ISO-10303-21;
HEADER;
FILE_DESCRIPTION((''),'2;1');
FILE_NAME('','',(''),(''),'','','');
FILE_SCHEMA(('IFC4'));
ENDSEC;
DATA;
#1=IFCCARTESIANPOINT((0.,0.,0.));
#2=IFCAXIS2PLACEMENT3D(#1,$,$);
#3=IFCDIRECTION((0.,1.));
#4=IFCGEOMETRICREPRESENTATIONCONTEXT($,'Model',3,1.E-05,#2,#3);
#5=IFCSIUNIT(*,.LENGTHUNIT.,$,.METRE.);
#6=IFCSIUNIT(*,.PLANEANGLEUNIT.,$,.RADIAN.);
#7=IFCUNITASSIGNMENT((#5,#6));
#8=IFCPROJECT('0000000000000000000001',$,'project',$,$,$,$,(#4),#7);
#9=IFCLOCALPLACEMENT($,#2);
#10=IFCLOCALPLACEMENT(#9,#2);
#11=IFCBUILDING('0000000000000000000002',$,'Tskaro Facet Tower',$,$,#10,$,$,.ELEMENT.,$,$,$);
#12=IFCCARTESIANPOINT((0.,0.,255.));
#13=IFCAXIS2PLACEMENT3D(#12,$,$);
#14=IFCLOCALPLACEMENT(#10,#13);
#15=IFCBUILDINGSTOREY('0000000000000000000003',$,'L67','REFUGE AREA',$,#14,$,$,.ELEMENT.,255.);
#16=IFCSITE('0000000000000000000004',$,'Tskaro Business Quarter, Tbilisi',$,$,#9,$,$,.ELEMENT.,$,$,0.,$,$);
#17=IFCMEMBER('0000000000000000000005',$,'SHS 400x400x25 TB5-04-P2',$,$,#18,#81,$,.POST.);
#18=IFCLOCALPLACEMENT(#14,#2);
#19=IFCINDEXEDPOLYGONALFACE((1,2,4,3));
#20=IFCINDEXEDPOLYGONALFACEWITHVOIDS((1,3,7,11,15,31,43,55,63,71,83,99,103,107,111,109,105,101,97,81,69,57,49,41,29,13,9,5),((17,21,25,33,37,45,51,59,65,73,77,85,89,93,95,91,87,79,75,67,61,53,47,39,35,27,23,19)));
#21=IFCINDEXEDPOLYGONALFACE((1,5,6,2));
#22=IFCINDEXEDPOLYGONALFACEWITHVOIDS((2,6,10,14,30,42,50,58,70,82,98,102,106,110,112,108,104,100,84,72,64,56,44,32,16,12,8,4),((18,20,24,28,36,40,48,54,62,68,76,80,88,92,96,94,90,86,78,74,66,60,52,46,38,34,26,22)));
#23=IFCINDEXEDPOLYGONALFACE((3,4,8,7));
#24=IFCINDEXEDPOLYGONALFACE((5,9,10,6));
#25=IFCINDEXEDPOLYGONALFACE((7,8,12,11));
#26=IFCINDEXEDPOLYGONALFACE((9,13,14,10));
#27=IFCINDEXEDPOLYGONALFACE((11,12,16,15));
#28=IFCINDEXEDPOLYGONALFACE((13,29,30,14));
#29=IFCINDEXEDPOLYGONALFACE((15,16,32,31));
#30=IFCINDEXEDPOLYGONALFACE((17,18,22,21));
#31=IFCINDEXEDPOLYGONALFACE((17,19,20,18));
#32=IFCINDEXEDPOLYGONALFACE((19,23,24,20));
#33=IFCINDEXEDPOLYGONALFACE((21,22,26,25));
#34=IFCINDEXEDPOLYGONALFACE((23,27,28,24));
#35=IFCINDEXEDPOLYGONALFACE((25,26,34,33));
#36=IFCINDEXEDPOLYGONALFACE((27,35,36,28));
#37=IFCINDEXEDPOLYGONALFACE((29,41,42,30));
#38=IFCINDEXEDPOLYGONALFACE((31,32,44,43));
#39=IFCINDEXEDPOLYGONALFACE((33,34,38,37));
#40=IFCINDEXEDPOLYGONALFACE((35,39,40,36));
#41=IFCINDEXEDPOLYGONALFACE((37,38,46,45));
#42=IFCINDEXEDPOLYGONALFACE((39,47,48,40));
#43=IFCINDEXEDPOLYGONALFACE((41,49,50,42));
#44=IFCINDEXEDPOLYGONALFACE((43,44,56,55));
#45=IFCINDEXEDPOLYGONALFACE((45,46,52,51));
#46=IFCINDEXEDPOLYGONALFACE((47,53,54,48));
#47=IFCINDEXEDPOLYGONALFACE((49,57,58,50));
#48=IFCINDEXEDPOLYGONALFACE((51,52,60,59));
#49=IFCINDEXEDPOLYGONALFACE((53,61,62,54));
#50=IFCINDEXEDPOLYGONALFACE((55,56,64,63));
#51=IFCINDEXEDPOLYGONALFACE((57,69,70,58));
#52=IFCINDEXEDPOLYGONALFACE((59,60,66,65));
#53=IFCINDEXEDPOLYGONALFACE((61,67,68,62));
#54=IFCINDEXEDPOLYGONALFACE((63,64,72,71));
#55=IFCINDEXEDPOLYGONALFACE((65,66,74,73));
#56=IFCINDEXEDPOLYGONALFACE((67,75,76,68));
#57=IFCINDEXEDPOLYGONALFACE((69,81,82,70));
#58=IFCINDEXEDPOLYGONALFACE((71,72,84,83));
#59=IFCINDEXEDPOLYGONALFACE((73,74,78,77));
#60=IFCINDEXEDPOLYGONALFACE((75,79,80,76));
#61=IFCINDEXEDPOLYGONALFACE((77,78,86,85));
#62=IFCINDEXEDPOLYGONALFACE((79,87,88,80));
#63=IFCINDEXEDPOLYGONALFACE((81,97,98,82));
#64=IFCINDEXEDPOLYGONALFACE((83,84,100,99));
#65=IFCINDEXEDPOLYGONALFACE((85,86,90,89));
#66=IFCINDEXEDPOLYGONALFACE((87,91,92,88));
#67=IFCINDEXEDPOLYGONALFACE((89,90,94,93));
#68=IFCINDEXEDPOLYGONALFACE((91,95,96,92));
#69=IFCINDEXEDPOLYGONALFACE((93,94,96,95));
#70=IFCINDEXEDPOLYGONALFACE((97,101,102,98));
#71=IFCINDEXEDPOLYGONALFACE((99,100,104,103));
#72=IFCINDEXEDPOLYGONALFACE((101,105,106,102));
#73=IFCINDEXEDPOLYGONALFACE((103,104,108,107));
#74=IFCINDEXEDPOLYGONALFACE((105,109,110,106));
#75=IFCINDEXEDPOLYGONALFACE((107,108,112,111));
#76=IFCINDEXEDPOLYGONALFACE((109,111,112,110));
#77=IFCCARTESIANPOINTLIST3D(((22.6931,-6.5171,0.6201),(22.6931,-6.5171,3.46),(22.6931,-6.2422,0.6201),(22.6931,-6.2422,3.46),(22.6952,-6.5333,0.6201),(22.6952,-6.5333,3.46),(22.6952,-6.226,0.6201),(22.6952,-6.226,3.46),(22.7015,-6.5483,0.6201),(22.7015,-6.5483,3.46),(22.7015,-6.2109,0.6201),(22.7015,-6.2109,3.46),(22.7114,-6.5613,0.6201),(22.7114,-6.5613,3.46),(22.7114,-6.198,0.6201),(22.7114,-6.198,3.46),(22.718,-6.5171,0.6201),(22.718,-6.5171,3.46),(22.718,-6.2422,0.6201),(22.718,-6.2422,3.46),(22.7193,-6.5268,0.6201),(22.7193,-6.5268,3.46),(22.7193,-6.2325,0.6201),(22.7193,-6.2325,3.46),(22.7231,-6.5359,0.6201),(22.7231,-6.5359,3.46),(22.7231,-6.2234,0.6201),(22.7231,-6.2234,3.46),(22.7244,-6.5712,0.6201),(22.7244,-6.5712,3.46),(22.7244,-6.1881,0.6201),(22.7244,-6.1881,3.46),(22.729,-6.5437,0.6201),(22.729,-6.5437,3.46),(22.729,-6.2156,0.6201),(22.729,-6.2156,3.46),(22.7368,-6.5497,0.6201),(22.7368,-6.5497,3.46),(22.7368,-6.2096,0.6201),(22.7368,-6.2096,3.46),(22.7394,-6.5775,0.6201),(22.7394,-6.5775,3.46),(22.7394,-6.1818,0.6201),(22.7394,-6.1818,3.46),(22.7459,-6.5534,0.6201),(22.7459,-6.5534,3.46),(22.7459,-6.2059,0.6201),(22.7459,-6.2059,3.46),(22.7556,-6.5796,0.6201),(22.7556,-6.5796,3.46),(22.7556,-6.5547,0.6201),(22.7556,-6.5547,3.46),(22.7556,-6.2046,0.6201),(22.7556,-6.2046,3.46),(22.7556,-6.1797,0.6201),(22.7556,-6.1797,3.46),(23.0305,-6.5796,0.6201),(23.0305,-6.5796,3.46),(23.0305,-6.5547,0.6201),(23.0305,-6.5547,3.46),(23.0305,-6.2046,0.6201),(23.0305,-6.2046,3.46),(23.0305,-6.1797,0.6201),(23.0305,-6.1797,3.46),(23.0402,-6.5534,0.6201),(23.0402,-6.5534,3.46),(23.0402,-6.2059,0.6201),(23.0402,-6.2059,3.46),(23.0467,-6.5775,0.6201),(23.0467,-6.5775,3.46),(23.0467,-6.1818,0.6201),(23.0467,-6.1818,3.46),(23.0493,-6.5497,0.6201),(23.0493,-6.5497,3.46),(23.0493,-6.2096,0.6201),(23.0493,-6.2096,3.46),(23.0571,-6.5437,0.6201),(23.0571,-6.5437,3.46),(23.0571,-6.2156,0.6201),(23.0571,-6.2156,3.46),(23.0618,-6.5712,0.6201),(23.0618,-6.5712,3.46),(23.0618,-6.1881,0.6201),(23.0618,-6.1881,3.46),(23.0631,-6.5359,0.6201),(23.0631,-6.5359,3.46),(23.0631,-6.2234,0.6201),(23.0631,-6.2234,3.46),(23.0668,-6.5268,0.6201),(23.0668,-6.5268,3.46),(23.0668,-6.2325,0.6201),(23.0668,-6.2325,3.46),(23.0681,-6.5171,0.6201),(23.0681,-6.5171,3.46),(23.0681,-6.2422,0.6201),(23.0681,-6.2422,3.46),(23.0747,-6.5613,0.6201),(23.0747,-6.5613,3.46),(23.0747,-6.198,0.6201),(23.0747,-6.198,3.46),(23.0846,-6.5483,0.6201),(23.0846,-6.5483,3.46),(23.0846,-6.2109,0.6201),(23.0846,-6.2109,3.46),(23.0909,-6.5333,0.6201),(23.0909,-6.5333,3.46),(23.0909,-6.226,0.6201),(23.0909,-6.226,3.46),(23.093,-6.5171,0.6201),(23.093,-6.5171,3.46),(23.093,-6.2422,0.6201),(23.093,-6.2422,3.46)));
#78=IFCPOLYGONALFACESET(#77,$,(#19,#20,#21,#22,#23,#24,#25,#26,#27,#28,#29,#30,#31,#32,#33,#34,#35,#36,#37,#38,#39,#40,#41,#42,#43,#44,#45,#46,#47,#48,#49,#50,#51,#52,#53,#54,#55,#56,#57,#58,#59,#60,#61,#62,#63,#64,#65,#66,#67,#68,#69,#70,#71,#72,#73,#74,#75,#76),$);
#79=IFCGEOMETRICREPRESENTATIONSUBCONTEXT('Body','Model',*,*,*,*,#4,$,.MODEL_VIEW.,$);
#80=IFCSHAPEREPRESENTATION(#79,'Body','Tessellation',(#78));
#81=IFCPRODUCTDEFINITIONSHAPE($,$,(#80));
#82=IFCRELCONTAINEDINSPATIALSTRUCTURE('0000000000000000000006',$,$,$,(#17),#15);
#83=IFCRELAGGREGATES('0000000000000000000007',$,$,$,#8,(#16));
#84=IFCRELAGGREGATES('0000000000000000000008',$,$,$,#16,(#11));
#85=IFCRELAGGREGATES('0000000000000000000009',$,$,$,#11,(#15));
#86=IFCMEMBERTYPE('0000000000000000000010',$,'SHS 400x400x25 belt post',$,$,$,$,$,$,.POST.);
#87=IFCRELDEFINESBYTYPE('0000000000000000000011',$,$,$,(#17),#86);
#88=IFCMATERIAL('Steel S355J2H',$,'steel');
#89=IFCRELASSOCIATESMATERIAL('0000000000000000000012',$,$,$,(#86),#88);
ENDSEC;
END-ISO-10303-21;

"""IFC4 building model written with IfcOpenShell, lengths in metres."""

from ifc_helpers import new_model, si_unit, direction, frame, origin, origin_2d, place, context, subcontext, project, spatial, hollow_rectangle, extrude, material, material_profile, profile_set, type_object, element, save


model = new_model("IFC4")

# Units and contexts
model_context = context("Model", 3, precision=1e-05, world=origin(), true_north=direction((0.0, 1.0)))
body_context = subcontext(model_context, "Body", "Model", "MODEL_VIEW")
ifc_project = project(units=[si_unit("LENGTHUNIT", "METRE"), si_unit("PLANEANGLEUNIT", "RADIAN")], contexts=[model_context])

# Site, building, storey
site_placement = place(None, origin())
site = spatial("IfcSite", under=ifc_project, at=site_placement, Name="Tskaro Business Quarter, Tbilisi", CompositionType="ELEMENT", RefElevation=0.0)
building_placement = place(site_placement, origin())
building = spatial("IfcBuilding", under=site, at=building_placement, Name="Tskaro Facet Tower", CompositionType="ELEMENT")
storey_placement = place(building_placement, frame((0.0, 0.0, 255.0)))
storey = spatial("IfcBuildingStorey", under=building, at=storey_placement, Name="L67", Description="REFUGE AREA", CompositionType="ELEMENT", Elevation=255.0)

# Shared definitions
ifc_material_1 = material(Name="Steel S355J2H", Category="steel")

# Member
ifc_material_profile_1 = material_profile(ifc_material_1, hollow_rectangle(XDim=0.3999, YDim=0.3999, WallThickness=0.0249, InnerFilletRadius=0.0376, OuterFilletRadius=0.0625, at=origin_2d()), Name="SHS 400x400x25")
ifc_profile_set_1 = profile_set([ifc_material_profile_1], Name="Steel S355J2H")
member_type_1 = type_object("IfcMemberType", Name="SHS 400x400x25 belt post", PredefinedType="POST", material=ifc_profile_set_1)
for number, where, z_axis, x_axis, name in (
    (1, (22.8931, -6.3796, 0.6201), (0.0, 0.0, 1.0), (1.0, 0.0, 0.0), "SHS 400x400x25 TB5-04-P2"),
):
    element("IfcMember", number, at=place(storey_placement, frame(where, z_axis=z_axis, x_axis=x_axis)), inside=storey, type_object=member_type_1, Name=name, PredefinedType="POST", context=body_context, shape_type="SweptSolid", body=[
        extrude(hollow_rectangle(XDim=0.3999, YDim=0.3999, WallThickness=0.0249, InnerFilletRadius=0.0376, OuterFilletRadius=0.0625, at=origin_2d()), origin(), (0.0, 0.0, 1.0), 2.8398),
    ])

save(model, "model.ifc")
